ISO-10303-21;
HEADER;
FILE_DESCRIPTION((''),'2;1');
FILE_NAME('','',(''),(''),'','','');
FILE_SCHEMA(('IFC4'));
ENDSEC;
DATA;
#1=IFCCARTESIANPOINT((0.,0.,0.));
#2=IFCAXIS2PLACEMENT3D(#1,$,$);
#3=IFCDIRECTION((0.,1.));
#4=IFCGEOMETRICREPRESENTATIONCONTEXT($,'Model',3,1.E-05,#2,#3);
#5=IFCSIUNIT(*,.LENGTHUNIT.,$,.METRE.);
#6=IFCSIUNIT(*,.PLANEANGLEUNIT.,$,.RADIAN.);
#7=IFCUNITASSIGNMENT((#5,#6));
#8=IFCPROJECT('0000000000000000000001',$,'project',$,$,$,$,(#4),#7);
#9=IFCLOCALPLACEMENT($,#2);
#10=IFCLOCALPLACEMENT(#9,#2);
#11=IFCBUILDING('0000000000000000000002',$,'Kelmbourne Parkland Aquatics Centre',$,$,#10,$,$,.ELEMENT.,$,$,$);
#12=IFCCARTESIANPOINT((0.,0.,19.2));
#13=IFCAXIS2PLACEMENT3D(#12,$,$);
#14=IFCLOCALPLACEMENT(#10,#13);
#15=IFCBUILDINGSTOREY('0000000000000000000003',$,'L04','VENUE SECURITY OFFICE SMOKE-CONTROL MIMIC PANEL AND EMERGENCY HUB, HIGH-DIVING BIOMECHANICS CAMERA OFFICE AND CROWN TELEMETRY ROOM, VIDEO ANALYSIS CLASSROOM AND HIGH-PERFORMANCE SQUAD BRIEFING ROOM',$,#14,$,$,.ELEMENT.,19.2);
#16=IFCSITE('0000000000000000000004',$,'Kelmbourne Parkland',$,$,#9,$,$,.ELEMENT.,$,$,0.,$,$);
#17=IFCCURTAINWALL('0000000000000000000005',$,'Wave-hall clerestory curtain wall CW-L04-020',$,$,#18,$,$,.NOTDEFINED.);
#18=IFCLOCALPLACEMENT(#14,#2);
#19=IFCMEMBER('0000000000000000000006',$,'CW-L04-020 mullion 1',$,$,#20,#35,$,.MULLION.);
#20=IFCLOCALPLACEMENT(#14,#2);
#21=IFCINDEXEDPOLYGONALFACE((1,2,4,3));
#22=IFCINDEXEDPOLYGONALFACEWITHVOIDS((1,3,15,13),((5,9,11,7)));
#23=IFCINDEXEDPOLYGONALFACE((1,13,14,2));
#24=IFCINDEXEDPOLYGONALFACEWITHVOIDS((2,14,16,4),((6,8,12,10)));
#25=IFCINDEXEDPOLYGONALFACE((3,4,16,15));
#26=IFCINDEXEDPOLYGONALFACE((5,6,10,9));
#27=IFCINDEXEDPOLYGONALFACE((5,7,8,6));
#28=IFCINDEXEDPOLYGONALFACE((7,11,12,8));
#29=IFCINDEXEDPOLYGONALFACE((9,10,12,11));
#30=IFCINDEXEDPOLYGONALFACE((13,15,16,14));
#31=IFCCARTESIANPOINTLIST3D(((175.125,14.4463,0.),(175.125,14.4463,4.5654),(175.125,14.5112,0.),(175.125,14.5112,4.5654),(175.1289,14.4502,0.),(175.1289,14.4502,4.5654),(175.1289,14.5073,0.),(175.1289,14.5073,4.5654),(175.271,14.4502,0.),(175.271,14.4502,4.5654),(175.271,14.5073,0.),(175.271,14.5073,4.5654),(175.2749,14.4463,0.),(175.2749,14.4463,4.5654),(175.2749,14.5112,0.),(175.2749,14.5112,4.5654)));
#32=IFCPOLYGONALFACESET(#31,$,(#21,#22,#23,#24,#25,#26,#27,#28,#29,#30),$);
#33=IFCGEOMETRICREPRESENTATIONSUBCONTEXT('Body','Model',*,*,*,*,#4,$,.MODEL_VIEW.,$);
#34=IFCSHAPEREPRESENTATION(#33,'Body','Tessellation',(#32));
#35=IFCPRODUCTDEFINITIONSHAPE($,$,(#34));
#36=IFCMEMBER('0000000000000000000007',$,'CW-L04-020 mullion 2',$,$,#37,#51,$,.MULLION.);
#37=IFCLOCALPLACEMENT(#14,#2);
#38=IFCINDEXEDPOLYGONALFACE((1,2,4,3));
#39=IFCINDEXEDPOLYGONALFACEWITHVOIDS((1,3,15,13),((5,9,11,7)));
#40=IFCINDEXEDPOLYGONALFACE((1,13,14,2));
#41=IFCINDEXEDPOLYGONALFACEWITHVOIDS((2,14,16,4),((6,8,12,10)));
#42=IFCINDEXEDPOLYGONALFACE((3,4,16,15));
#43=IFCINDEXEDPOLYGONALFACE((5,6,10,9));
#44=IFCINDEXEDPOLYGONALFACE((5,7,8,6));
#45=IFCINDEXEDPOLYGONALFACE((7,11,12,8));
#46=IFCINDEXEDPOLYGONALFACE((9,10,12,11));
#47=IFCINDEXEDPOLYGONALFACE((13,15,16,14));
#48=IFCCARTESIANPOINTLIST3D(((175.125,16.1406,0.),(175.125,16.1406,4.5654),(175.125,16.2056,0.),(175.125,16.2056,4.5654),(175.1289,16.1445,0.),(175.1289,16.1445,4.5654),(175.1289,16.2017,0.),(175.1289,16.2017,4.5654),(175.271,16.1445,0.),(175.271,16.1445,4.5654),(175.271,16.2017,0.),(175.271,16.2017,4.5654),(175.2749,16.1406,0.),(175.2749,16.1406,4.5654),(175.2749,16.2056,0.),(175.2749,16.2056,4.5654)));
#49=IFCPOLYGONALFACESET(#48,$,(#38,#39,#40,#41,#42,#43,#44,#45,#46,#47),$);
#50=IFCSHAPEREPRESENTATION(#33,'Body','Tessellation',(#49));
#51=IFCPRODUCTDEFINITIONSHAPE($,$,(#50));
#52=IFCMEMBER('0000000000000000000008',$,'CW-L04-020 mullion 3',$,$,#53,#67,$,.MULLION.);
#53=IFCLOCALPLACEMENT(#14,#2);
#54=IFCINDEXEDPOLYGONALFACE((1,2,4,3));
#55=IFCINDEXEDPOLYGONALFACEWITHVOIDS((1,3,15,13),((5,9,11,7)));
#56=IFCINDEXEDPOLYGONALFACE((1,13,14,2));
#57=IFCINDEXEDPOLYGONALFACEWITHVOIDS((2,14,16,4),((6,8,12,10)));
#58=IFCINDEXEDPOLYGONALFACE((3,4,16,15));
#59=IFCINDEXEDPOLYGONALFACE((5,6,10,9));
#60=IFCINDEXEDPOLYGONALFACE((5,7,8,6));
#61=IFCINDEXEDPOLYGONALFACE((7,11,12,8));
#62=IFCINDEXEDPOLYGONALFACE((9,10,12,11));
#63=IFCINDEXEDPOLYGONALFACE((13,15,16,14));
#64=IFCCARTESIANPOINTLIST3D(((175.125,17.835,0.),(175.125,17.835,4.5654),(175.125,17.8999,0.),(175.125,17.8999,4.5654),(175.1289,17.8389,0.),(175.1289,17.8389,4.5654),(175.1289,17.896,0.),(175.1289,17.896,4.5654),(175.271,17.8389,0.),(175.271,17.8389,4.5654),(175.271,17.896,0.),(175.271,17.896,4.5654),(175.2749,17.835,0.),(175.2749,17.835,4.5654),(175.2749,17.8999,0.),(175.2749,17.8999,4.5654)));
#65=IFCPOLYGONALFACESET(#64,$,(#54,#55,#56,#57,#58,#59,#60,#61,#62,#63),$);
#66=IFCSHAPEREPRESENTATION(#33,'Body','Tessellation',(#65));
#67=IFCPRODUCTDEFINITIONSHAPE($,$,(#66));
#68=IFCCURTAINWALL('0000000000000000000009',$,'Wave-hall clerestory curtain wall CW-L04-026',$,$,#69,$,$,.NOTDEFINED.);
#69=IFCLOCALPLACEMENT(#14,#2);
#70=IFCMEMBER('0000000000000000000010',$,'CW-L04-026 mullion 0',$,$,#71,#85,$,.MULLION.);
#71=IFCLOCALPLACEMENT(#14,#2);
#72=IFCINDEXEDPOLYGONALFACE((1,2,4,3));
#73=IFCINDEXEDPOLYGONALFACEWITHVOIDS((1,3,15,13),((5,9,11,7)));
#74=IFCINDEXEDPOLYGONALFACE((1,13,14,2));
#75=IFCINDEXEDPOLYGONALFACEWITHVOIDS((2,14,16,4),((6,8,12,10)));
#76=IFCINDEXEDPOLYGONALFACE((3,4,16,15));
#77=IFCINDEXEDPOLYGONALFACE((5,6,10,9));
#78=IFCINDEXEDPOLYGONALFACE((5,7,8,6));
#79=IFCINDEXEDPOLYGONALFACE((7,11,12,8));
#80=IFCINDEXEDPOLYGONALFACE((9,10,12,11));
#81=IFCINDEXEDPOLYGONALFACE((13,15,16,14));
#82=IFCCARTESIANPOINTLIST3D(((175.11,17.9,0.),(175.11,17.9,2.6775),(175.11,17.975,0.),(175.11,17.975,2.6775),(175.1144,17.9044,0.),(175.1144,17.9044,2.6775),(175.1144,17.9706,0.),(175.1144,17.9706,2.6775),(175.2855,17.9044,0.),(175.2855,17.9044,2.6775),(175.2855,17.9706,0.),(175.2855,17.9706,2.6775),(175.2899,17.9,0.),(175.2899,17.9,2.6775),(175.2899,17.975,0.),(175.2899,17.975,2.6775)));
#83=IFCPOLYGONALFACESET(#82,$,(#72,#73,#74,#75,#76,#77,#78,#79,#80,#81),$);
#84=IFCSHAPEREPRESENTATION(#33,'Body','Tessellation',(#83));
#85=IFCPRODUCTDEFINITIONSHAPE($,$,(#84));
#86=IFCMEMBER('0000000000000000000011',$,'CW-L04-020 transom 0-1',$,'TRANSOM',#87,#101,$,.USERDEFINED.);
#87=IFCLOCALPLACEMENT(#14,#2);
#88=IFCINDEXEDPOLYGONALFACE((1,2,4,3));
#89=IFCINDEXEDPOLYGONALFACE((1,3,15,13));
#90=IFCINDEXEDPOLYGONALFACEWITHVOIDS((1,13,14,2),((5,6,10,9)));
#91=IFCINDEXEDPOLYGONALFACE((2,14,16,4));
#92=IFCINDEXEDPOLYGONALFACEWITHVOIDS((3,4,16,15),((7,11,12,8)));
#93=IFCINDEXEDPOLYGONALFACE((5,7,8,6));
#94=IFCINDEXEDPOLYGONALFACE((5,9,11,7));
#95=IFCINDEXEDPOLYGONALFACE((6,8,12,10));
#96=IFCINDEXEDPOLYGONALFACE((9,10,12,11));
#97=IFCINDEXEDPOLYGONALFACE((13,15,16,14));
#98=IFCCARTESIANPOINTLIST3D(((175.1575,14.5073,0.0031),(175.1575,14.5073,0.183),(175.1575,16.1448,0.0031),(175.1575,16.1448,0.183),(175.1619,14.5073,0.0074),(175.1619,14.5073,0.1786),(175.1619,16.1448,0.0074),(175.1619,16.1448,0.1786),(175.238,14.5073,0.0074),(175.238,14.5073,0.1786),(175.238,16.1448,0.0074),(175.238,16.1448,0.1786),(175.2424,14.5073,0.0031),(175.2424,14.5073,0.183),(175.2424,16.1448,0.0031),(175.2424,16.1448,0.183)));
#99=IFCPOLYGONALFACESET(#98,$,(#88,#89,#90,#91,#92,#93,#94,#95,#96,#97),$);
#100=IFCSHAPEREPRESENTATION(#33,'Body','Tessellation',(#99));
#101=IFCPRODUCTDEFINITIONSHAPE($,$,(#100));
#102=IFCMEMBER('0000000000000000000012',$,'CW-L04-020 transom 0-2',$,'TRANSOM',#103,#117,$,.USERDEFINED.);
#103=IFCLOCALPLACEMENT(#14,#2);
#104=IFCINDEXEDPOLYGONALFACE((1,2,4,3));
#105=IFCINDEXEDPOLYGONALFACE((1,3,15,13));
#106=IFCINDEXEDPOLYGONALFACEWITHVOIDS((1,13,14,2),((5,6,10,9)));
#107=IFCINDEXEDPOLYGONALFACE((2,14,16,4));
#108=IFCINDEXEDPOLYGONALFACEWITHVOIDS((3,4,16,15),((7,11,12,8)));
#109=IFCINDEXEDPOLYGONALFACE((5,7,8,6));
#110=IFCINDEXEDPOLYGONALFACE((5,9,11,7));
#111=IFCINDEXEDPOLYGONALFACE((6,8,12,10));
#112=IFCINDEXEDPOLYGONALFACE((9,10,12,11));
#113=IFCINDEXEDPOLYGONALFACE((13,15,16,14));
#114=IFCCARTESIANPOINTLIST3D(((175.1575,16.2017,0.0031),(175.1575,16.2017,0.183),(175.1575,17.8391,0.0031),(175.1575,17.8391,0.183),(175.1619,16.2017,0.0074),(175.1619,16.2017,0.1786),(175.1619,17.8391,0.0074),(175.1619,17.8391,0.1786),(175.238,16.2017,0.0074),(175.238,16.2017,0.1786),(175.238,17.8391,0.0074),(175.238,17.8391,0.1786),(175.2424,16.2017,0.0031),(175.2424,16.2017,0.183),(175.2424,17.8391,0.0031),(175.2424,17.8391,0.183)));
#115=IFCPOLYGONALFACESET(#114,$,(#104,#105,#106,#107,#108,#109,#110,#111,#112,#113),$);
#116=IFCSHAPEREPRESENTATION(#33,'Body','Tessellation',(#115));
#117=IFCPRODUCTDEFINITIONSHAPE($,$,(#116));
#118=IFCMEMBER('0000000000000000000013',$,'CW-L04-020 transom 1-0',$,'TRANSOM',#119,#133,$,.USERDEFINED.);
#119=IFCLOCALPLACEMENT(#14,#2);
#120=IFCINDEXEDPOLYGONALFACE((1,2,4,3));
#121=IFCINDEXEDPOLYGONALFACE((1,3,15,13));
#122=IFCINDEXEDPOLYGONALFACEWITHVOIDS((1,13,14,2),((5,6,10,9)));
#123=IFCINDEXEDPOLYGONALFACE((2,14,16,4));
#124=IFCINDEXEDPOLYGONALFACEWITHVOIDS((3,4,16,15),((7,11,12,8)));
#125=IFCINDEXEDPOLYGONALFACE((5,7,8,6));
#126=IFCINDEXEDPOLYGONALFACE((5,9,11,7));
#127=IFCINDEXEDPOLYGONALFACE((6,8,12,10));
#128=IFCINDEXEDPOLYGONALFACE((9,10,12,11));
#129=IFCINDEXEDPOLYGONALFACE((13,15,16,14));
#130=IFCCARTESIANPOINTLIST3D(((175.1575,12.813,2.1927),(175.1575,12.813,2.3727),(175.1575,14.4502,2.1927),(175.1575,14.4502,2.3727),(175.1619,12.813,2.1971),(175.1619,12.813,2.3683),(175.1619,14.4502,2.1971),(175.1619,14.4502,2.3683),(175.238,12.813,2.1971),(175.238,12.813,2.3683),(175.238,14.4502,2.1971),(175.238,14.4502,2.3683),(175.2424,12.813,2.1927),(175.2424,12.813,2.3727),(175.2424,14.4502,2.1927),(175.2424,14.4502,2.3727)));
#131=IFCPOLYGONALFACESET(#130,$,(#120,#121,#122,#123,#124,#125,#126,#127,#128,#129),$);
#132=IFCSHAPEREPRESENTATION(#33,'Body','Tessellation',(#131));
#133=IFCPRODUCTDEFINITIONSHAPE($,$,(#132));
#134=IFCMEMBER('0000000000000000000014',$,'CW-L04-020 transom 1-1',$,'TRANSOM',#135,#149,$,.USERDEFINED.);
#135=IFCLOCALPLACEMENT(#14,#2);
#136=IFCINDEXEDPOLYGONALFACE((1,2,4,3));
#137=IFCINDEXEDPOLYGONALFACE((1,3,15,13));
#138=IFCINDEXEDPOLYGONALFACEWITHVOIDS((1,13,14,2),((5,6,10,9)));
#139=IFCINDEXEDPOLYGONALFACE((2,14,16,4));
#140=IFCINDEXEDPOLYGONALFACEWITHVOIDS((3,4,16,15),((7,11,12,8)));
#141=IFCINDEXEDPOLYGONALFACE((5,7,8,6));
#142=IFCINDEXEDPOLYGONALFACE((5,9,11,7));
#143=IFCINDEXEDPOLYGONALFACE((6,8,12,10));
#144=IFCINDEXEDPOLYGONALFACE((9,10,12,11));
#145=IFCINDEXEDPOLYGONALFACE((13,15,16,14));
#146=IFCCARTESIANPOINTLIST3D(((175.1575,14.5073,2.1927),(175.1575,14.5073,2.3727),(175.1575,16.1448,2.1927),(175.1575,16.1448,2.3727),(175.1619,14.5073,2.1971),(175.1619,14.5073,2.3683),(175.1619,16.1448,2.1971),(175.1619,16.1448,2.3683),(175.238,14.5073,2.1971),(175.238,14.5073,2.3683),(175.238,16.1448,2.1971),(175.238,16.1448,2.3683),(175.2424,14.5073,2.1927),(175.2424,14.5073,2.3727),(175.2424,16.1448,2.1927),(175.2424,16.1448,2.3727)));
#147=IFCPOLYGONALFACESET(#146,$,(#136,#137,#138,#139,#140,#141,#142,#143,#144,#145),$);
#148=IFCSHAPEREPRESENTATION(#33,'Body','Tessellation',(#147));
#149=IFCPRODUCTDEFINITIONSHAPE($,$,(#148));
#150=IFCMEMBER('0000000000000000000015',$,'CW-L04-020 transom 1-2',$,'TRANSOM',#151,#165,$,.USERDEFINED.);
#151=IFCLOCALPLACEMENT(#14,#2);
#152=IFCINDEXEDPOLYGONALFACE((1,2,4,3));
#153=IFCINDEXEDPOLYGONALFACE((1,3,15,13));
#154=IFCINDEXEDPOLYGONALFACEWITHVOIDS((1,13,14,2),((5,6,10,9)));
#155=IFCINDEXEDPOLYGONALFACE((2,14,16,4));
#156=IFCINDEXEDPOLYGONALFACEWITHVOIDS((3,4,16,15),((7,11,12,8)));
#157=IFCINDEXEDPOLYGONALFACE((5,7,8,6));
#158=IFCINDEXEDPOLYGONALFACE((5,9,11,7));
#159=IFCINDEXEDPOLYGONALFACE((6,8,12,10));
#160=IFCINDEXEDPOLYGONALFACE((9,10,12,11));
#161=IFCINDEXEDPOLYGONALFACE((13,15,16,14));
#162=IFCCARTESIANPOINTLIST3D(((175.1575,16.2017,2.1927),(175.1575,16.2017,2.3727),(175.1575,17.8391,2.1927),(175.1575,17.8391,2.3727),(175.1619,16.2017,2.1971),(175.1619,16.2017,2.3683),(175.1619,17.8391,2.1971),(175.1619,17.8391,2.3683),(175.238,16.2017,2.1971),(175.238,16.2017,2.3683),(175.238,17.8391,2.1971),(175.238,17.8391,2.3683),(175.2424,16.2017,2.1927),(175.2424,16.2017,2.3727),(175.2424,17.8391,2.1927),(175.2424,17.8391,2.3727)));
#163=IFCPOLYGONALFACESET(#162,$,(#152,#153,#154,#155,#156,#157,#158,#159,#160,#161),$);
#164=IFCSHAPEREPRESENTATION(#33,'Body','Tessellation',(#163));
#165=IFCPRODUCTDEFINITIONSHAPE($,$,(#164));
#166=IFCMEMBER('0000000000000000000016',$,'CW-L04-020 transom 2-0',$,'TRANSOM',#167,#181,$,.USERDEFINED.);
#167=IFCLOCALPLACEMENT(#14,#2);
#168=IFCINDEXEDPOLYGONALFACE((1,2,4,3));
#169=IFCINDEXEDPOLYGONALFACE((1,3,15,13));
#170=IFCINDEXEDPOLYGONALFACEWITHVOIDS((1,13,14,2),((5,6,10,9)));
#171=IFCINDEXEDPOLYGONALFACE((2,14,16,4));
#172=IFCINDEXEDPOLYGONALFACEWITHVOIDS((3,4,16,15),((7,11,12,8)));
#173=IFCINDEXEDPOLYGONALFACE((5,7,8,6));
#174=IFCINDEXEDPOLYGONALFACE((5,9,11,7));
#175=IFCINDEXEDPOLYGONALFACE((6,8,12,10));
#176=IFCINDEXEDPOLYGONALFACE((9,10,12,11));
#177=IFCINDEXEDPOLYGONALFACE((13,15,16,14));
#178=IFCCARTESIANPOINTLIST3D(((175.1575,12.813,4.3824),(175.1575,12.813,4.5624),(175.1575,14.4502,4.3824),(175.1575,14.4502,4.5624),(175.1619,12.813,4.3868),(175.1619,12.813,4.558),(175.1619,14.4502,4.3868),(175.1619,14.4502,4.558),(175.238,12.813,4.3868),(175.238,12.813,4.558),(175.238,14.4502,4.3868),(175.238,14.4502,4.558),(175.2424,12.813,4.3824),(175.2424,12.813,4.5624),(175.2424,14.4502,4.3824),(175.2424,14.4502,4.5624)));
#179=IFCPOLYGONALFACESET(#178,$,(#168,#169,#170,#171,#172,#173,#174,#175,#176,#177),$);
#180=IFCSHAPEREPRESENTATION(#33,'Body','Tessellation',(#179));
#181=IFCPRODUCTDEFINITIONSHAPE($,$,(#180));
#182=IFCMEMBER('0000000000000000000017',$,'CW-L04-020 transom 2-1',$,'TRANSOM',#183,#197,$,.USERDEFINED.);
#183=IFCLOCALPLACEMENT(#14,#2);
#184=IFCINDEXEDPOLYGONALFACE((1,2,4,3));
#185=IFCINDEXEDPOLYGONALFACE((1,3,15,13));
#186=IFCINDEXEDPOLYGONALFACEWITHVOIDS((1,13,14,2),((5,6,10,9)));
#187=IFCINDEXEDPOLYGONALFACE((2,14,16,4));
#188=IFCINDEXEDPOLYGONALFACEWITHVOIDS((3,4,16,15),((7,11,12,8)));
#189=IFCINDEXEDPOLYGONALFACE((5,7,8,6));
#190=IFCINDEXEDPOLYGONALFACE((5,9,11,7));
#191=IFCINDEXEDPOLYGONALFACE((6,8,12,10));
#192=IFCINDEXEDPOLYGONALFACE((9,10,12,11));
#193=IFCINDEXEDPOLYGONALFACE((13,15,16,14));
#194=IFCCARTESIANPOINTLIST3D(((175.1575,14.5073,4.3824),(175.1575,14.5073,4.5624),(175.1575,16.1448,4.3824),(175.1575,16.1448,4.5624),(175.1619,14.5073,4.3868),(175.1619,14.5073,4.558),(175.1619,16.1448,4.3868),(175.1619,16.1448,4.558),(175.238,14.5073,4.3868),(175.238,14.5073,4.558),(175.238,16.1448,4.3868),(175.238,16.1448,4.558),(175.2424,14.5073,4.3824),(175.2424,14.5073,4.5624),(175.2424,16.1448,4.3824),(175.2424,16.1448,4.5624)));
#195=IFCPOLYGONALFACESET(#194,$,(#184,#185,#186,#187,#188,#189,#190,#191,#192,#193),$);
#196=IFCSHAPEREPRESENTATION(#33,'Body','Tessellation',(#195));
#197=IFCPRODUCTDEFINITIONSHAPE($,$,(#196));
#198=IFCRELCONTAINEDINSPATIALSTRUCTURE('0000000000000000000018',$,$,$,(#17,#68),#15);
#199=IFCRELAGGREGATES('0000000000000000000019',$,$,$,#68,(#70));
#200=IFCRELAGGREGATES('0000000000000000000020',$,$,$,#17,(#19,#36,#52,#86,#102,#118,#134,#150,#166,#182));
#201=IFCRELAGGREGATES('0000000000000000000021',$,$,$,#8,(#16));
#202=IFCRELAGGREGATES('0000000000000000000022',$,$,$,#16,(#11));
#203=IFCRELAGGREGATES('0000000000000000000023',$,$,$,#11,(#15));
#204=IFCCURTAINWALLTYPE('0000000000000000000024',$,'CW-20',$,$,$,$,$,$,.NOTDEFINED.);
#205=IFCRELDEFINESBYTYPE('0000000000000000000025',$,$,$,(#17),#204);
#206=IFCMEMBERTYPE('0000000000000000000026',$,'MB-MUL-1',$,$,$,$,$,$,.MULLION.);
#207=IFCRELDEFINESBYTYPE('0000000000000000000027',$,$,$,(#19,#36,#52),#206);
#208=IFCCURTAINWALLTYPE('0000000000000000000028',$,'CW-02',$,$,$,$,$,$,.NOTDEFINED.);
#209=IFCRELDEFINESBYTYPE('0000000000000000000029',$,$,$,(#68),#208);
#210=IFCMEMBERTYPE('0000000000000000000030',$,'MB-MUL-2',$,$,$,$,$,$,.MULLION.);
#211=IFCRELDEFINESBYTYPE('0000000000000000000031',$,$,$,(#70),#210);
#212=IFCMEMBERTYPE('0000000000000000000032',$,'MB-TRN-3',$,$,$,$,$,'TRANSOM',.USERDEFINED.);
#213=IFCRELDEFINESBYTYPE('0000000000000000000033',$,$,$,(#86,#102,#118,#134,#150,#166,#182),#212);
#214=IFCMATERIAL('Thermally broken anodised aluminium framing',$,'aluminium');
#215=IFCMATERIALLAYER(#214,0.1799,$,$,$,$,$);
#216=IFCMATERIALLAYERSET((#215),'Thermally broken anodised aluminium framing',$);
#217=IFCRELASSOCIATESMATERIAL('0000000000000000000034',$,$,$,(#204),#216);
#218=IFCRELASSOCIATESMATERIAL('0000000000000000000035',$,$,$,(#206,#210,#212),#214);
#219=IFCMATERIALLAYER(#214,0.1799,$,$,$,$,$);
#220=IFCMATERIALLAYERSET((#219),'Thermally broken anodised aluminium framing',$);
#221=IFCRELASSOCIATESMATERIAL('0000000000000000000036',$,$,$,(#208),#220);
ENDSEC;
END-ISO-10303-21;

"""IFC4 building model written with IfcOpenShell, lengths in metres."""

from ifc_helpers import new_model, si_unit, direction, frame, origin, origin_2d, place, context, subcontext, project, spatial, hollow_rectangle, extrude, material, layer, layer_set, material_profile, profile_set, type_object, element, aggregate, save


model = new_model("IFC4")

# Units and contexts
model_context = context("Model", 3, precision=1e-05, world=origin(), true_north=direction((0.0, 1.0)))
body_context = subcontext(model_context, "Body", "Model", "MODEL_VIEW")
ifc_project = project(units=[si_unit("LENGTHUNIT", "METRE"), si_unit("PLANEANGLEUNIT", "RADIAN")], contexts=[model_context])

# Site, building, storey
site_placement = place(None, origin())
site = spatial("IfcSite", under=ifc_project, at=site_placement, Name="Kelmbourne Parkland", CompositionType="ELEMENT", RefElevation=0.0)
building_placement = place(site_placement, origin())
building = spatial("IfcBuilding", under=site, at=building_placement, Name="Kelmbourne Parkland Aquatics Centre", CompositionType="ELEMENT")
storey_placement = place(building_placement, frame((0.0, 0.0, 19.2)))
storey = spatial("IfcBuildingStorey", under=building, at=storey_placement, Name="L04", Description="VENUE SECURITY OFFICE SMOKE-CONTROL MIMIC PANEL AND EMERGENCY HUB, HIGH-DIVING BIOMECHANICS CAMERA OFFICE AND CROWN TELEMETRY ROOM, VIDEO ANALYSIS CLASSROOM AND HIGH-PERFORMANCE SQUAD BRIEFING ROOM", CompositionType="ELEMENT", Elevation=19.2)

# Curtain wall, members
ifc_material_1 = material(Name="Thermally broken anodised aluminium framing", Category="aluminium")
ifc_layer_1 = layer(ifc_material_1, 0.1799)
ifc_layer_set_1 = layer_set([ifc_layer_1], Name="Thermally broken anodised aluminium framing")
curtain_wall_type_1 = type_object("IfcCurtainWallType", Name="CW-20", PredefinedType="NOTDEFINED", material=ifc_layer_set_1)
curtain_wall_1_placement = place(storey_placement, origin())
curtain_wall_1 = element("IfcCurtainWall", 1, at=curtain_wall_1_placement, inside=storey, type_object=curtain_wall_type_1, Name="Wave-hall clerestory curtain wall CW-L04-020", PredefinedType="NOTDEFINED")
ifc_material_profile_1 = material_profile(ifc_material_1, hollow_rectangle(XDim=0.0649, YDim=0.1499, WallThickness=0.0039, at=origin_2d()), Name="CW-M 65x150")
ifc_profile_set_1 = profile_set([ifc_material_profile_1], Name="Thermally broken anodised aluminium framing")
member_type_1 = type_object("IfcMemberType", Name="MB-MUL-1", PredefinedType="MULLION", material=ifc_profile_set_1)
member_1_placement = place(storey_placement, frame((175.2, 14.4788, 0.0), z_axis=(0.0, 0.0, 1.0), x_axis=(0.0, 1.0, 0.0)))
member_1 = element("IfcMember", 2, at=member_1_placement, type_object=member_type_1, Name="CW-L04-020 mullion 1", PredefinedType="MULLION", context=body_context, shape_type="SweptSolid", body=[
    extrude(hollow_rectangle(XDim=0.0649, YDim=0.1499, WallThickness=0.0039, at=origin_2d()), origin(), (0.0, 0.0, 1.0), 4.5654),
])
member_2_placement = place(storey_placement, frame((175.2, 16.1731, 0.0), z_axis=(0.0, 0.0, 1.0), x_axis=(0.0, 1.0, 0.0)))
member_2 = element("IfcMember", 3, at=member_2_placement, type_object=member_type_1, Name="CW-L04-020 mullion 2", PredefinedType="MULLION", context=body_context, shape_type="SweptSolid", body=[
    extrude(hollow_rectangle(XDim=0.0649, YDim=0.1499, WallThickness=0.0039, at=origin_2d()), origin(), (0.0, 0.0, 1.0), 4.5654),
])
member_3_placement = place(storey_placement, frame((175.2, 17.8674, 0.0), z_axis=(0.0, 0.0, 1.0), x_axis=(0.0, 1.0, 0.0)))
member_3 = element("IfcMember", 4, at=member_3_placement, type_object=member_type_1, Name="CW-L04-020 mullion 3", PredefinedType="MULLION", context=body_context, shape_type="SweptSolid", body=[
    extrude(hollow_rectangle(XDim=0.0649, YDim=0.1499, WallThickness=0.0039, at=origin_2d()), origin(), (0.0, 0.0, 1.0), 4.5654),
])

# Curtain wall, member
ifc_layer_2 = layer(ifc_material_1, 0.1799)
ifc_layer_set_2 = layer_set([ifc_layer_2], Name="Thermally broken anodised aluminium framing")
curtain_wall_type_2 = type_object("IfcCurtainWallType", Name="CW-02", PredefinedType="NOTDEFINED", material=ifc_layer_set_2)
curtain_wall_2_placement = place(storey_placement, origin())
curtain_wall_2 = element("IfcCurtainWall", 5, at=curtain_wall_2_placement, inside=storey, type_object=curtain_wall_type_2, Name="Wave-hall clerestory curtain wall CW-L04-026", PredefinedType="NOTDEFINED")
ifc_material_profile_2 = material_profile(ifc_material_1, hollow_rectangle(XDim=0.075, YDim=0.1799, WallThickness=0.0044, at=origin_2d()), Name="CW-M 75x180")
ifc_profile_set_2 = profile_set([ifc_material_profile_2], Name="Thermally broken anodised aluminium framing")
member_type_2 = type_object("IfcMemberType", Name="MB-MUL-2", PredefinedType="MULLION", material=ifc_profile_set_2)
member_4_placement = place(storey_placement, frame((175.2, 17.9375, 0.0), z_axis=(0.0, 0.0, 1.0), x_axis=(0.0, 1.0, 0.0)))
member_4 = element("IfcMember", 6, at=member_4_placement, type_object=member_type_2, Name="CW-L04-026 mullion 0", PredefinedType="MULLION", context=body_context, shape_type="SweptSolid", body=[
    extrude(hollow_rectangle(XDim=0.075, YDim=0.1799, WallThickness=0.0044, at=origin_2d()), origin(), (0.0, 0.0, 1.0), 2.6775),
])

# Members
ifc_material_profile_3 = material_profile(ifc_material_1, hollow_rectangle(XDim=0.085, YDim=0.1799, WallThickness=0.0044, at=origin_2d()), Name="CW-T 85x180")
ifc_profile_set_3 = profile_set([ifc_material_profile_3], Name="Thermally broken anodised aluminium framing")
member_type_3 = type_object("IfcMemberType", Name="MB-TRN-3", ElementType="TRANSOM", PredefinedType="USERDEFINED", material=ifc_profile_set_3)
member_5_placement = place(storey_placement, frame((175.2, 14.5073, 0.093), z_axis=(0.0, 1.0, 0.0), x_axis=(-1.0, 0.0, 0.0)))
member_5 = element("IfcMember", 7, at=member_5_placement, type_object=member_type_3, Name="CW-L04-020 transom 0-1", ObjectType="TRANSOM", PredefinedType="USERDEFINED", context=body_context, shape_type="SweptSolid", body=[
    extrude(hollow_rectangle(XDim=0.085, YDim=0.1799, WallThickness=0.0044, at=origin_2d()), origin(), (0.0, 0.0, 1.0), 1.6375),
])
member_6_placement = place(storey_placement, frame((175.2, 16.2017, 0.093), z_axis=(0.0, 1.0, 0.0), x_axis=(-1.0, 0.0, 0.0)))
member_6 = element("IfcMember", 8, at=member_6_placement, type_object=member_type_3, Name="CW-L04-020 transom 0-2", ObjectType="TRANSOM", PredefinedType="USERDEFINED", context=body_context, shape_type="SweptSolid", body=[
    extrude(hollow_rectangle(XDim=0.085, YDim=0.1799, WallThickness=0.0044, at=origin_2d()), origin(), (0.0, 0.0, 1.0), 1.6375),
])
member_7_placement = place(storey_placement, frame((175.2, 12.813, 2.2827), z_axis=(0.0, 1.0, 0.0), x_axis=(-1.0, 0.0, 0.0)))
member_7 = element("IfcMember", 9, at=member_7_placement, type_object=member_type_3, Name="CW-L04-020 transom 1-0", ObjectType="TRANSOM", PredefinedType="USERDEFINED", context=body_context, shape_type="SweptSolid", body=[
    extrude(hollow_rectangle(XDim=0.085, YDim=0.1799, WallThickness=0.0044, at=origin_2d()), origin(), (0.0, 0.0, 1.0), 1.6372),
])
member_8_placement = place(storey_placement, frame((175.2, 14.5073, 2.2827), z_axis=(0.0, 1.0, 0.0), x_axis=(-1.0, 0.0, 0.0)))
member_8 = element("IfcMember", 10, at=member_8_placement, type_object=member_type_3, Name="CW-L04-020 transom 1-1", ObjectType="TRANSOM", PredefinedType="USERDEFINED", context=body_context, shape_type="SweptSolid", body=[
    extrude(hollow_rectangle(XDim=0.085, YDim=0.1799, WallThickness=0.0044, at=origin_2d()), origin(), (0.0, 0.0, 1.0), 1.6375),
])
member_9_placement = place(storey_placement, frame((175.2, 16.2017, 2.2827), z_axis=(0.0, 1.0, 0.0), x_axis=(-1.0, 0.0, 0.0)))
member_9 = element("IfcMember", 11, at=member_9_placement, type_object=member_type_3, Name="CW-L04-020 transom 1-2", ObjectType="TRANSOM", PredefinedType="USERDEFINED", context=body_context, shape_type="SweptSolid", body=[
    extrude(hollow_rectangle(XDim=0.085, YDim=0.1799, WallThickness=0.0044, at=origin_2d()), origin(), (0.0, 0.0, 1.0), 1.6375),
])
member_10_placement = place(storey_placement, frame((175.2, 12.813, 4.4724), z_axis=(0.0, 1.0, 0.0), x_axis=(-1.0, 0.0, 0.0)))
member_10 = element("IfcMember", 12, at=member_10_placement, type_object=member_type_3, Name="CW-L04-020 transom 2-0", ObjectType="TRANSOM", PredefinedType="USERDEFINED", context=body_context, shape_type="SweptSolid", body=[
    extrude(hollow_rectangle(XDim=0.085, YDim=0.1799, WallThickness=0.0044, at=origin_2d()), origin(), (0.0, 0.0, 1.0), 1.6372),
])
member_11_placement = place(storey_placement, frame((175.2, 14.5073, 4.4724), z_axis=(0.0, 1.0, 0.0), x_axis=(-1.0, 0.0, 0.0)))
member_11 = element("IfcMember", 13, at=member_11_placement, type_object=member_type_3, Name="CW-L04-020 transom 2-1", ObjectType="TRANSOM", PredefinedType="USERDEFINED", context=body_context, shape_type="SweptSolid", body=[
    extrude(hollow_rectangle(XDim=0.085, YDim=0.1799, WallThickness=0.0044, at=origin_2d()), origin(), (0.0, 0.0, 1.0), 1.6375),
])

aggregate(curtain_wall_2, [member_4])
aggregate(curtain_wall_1, [member_1, member_2, member_3, member_5, member_6, member_7, member_8, member_9, member_10, member_11])

save(model, "model.ifc")
